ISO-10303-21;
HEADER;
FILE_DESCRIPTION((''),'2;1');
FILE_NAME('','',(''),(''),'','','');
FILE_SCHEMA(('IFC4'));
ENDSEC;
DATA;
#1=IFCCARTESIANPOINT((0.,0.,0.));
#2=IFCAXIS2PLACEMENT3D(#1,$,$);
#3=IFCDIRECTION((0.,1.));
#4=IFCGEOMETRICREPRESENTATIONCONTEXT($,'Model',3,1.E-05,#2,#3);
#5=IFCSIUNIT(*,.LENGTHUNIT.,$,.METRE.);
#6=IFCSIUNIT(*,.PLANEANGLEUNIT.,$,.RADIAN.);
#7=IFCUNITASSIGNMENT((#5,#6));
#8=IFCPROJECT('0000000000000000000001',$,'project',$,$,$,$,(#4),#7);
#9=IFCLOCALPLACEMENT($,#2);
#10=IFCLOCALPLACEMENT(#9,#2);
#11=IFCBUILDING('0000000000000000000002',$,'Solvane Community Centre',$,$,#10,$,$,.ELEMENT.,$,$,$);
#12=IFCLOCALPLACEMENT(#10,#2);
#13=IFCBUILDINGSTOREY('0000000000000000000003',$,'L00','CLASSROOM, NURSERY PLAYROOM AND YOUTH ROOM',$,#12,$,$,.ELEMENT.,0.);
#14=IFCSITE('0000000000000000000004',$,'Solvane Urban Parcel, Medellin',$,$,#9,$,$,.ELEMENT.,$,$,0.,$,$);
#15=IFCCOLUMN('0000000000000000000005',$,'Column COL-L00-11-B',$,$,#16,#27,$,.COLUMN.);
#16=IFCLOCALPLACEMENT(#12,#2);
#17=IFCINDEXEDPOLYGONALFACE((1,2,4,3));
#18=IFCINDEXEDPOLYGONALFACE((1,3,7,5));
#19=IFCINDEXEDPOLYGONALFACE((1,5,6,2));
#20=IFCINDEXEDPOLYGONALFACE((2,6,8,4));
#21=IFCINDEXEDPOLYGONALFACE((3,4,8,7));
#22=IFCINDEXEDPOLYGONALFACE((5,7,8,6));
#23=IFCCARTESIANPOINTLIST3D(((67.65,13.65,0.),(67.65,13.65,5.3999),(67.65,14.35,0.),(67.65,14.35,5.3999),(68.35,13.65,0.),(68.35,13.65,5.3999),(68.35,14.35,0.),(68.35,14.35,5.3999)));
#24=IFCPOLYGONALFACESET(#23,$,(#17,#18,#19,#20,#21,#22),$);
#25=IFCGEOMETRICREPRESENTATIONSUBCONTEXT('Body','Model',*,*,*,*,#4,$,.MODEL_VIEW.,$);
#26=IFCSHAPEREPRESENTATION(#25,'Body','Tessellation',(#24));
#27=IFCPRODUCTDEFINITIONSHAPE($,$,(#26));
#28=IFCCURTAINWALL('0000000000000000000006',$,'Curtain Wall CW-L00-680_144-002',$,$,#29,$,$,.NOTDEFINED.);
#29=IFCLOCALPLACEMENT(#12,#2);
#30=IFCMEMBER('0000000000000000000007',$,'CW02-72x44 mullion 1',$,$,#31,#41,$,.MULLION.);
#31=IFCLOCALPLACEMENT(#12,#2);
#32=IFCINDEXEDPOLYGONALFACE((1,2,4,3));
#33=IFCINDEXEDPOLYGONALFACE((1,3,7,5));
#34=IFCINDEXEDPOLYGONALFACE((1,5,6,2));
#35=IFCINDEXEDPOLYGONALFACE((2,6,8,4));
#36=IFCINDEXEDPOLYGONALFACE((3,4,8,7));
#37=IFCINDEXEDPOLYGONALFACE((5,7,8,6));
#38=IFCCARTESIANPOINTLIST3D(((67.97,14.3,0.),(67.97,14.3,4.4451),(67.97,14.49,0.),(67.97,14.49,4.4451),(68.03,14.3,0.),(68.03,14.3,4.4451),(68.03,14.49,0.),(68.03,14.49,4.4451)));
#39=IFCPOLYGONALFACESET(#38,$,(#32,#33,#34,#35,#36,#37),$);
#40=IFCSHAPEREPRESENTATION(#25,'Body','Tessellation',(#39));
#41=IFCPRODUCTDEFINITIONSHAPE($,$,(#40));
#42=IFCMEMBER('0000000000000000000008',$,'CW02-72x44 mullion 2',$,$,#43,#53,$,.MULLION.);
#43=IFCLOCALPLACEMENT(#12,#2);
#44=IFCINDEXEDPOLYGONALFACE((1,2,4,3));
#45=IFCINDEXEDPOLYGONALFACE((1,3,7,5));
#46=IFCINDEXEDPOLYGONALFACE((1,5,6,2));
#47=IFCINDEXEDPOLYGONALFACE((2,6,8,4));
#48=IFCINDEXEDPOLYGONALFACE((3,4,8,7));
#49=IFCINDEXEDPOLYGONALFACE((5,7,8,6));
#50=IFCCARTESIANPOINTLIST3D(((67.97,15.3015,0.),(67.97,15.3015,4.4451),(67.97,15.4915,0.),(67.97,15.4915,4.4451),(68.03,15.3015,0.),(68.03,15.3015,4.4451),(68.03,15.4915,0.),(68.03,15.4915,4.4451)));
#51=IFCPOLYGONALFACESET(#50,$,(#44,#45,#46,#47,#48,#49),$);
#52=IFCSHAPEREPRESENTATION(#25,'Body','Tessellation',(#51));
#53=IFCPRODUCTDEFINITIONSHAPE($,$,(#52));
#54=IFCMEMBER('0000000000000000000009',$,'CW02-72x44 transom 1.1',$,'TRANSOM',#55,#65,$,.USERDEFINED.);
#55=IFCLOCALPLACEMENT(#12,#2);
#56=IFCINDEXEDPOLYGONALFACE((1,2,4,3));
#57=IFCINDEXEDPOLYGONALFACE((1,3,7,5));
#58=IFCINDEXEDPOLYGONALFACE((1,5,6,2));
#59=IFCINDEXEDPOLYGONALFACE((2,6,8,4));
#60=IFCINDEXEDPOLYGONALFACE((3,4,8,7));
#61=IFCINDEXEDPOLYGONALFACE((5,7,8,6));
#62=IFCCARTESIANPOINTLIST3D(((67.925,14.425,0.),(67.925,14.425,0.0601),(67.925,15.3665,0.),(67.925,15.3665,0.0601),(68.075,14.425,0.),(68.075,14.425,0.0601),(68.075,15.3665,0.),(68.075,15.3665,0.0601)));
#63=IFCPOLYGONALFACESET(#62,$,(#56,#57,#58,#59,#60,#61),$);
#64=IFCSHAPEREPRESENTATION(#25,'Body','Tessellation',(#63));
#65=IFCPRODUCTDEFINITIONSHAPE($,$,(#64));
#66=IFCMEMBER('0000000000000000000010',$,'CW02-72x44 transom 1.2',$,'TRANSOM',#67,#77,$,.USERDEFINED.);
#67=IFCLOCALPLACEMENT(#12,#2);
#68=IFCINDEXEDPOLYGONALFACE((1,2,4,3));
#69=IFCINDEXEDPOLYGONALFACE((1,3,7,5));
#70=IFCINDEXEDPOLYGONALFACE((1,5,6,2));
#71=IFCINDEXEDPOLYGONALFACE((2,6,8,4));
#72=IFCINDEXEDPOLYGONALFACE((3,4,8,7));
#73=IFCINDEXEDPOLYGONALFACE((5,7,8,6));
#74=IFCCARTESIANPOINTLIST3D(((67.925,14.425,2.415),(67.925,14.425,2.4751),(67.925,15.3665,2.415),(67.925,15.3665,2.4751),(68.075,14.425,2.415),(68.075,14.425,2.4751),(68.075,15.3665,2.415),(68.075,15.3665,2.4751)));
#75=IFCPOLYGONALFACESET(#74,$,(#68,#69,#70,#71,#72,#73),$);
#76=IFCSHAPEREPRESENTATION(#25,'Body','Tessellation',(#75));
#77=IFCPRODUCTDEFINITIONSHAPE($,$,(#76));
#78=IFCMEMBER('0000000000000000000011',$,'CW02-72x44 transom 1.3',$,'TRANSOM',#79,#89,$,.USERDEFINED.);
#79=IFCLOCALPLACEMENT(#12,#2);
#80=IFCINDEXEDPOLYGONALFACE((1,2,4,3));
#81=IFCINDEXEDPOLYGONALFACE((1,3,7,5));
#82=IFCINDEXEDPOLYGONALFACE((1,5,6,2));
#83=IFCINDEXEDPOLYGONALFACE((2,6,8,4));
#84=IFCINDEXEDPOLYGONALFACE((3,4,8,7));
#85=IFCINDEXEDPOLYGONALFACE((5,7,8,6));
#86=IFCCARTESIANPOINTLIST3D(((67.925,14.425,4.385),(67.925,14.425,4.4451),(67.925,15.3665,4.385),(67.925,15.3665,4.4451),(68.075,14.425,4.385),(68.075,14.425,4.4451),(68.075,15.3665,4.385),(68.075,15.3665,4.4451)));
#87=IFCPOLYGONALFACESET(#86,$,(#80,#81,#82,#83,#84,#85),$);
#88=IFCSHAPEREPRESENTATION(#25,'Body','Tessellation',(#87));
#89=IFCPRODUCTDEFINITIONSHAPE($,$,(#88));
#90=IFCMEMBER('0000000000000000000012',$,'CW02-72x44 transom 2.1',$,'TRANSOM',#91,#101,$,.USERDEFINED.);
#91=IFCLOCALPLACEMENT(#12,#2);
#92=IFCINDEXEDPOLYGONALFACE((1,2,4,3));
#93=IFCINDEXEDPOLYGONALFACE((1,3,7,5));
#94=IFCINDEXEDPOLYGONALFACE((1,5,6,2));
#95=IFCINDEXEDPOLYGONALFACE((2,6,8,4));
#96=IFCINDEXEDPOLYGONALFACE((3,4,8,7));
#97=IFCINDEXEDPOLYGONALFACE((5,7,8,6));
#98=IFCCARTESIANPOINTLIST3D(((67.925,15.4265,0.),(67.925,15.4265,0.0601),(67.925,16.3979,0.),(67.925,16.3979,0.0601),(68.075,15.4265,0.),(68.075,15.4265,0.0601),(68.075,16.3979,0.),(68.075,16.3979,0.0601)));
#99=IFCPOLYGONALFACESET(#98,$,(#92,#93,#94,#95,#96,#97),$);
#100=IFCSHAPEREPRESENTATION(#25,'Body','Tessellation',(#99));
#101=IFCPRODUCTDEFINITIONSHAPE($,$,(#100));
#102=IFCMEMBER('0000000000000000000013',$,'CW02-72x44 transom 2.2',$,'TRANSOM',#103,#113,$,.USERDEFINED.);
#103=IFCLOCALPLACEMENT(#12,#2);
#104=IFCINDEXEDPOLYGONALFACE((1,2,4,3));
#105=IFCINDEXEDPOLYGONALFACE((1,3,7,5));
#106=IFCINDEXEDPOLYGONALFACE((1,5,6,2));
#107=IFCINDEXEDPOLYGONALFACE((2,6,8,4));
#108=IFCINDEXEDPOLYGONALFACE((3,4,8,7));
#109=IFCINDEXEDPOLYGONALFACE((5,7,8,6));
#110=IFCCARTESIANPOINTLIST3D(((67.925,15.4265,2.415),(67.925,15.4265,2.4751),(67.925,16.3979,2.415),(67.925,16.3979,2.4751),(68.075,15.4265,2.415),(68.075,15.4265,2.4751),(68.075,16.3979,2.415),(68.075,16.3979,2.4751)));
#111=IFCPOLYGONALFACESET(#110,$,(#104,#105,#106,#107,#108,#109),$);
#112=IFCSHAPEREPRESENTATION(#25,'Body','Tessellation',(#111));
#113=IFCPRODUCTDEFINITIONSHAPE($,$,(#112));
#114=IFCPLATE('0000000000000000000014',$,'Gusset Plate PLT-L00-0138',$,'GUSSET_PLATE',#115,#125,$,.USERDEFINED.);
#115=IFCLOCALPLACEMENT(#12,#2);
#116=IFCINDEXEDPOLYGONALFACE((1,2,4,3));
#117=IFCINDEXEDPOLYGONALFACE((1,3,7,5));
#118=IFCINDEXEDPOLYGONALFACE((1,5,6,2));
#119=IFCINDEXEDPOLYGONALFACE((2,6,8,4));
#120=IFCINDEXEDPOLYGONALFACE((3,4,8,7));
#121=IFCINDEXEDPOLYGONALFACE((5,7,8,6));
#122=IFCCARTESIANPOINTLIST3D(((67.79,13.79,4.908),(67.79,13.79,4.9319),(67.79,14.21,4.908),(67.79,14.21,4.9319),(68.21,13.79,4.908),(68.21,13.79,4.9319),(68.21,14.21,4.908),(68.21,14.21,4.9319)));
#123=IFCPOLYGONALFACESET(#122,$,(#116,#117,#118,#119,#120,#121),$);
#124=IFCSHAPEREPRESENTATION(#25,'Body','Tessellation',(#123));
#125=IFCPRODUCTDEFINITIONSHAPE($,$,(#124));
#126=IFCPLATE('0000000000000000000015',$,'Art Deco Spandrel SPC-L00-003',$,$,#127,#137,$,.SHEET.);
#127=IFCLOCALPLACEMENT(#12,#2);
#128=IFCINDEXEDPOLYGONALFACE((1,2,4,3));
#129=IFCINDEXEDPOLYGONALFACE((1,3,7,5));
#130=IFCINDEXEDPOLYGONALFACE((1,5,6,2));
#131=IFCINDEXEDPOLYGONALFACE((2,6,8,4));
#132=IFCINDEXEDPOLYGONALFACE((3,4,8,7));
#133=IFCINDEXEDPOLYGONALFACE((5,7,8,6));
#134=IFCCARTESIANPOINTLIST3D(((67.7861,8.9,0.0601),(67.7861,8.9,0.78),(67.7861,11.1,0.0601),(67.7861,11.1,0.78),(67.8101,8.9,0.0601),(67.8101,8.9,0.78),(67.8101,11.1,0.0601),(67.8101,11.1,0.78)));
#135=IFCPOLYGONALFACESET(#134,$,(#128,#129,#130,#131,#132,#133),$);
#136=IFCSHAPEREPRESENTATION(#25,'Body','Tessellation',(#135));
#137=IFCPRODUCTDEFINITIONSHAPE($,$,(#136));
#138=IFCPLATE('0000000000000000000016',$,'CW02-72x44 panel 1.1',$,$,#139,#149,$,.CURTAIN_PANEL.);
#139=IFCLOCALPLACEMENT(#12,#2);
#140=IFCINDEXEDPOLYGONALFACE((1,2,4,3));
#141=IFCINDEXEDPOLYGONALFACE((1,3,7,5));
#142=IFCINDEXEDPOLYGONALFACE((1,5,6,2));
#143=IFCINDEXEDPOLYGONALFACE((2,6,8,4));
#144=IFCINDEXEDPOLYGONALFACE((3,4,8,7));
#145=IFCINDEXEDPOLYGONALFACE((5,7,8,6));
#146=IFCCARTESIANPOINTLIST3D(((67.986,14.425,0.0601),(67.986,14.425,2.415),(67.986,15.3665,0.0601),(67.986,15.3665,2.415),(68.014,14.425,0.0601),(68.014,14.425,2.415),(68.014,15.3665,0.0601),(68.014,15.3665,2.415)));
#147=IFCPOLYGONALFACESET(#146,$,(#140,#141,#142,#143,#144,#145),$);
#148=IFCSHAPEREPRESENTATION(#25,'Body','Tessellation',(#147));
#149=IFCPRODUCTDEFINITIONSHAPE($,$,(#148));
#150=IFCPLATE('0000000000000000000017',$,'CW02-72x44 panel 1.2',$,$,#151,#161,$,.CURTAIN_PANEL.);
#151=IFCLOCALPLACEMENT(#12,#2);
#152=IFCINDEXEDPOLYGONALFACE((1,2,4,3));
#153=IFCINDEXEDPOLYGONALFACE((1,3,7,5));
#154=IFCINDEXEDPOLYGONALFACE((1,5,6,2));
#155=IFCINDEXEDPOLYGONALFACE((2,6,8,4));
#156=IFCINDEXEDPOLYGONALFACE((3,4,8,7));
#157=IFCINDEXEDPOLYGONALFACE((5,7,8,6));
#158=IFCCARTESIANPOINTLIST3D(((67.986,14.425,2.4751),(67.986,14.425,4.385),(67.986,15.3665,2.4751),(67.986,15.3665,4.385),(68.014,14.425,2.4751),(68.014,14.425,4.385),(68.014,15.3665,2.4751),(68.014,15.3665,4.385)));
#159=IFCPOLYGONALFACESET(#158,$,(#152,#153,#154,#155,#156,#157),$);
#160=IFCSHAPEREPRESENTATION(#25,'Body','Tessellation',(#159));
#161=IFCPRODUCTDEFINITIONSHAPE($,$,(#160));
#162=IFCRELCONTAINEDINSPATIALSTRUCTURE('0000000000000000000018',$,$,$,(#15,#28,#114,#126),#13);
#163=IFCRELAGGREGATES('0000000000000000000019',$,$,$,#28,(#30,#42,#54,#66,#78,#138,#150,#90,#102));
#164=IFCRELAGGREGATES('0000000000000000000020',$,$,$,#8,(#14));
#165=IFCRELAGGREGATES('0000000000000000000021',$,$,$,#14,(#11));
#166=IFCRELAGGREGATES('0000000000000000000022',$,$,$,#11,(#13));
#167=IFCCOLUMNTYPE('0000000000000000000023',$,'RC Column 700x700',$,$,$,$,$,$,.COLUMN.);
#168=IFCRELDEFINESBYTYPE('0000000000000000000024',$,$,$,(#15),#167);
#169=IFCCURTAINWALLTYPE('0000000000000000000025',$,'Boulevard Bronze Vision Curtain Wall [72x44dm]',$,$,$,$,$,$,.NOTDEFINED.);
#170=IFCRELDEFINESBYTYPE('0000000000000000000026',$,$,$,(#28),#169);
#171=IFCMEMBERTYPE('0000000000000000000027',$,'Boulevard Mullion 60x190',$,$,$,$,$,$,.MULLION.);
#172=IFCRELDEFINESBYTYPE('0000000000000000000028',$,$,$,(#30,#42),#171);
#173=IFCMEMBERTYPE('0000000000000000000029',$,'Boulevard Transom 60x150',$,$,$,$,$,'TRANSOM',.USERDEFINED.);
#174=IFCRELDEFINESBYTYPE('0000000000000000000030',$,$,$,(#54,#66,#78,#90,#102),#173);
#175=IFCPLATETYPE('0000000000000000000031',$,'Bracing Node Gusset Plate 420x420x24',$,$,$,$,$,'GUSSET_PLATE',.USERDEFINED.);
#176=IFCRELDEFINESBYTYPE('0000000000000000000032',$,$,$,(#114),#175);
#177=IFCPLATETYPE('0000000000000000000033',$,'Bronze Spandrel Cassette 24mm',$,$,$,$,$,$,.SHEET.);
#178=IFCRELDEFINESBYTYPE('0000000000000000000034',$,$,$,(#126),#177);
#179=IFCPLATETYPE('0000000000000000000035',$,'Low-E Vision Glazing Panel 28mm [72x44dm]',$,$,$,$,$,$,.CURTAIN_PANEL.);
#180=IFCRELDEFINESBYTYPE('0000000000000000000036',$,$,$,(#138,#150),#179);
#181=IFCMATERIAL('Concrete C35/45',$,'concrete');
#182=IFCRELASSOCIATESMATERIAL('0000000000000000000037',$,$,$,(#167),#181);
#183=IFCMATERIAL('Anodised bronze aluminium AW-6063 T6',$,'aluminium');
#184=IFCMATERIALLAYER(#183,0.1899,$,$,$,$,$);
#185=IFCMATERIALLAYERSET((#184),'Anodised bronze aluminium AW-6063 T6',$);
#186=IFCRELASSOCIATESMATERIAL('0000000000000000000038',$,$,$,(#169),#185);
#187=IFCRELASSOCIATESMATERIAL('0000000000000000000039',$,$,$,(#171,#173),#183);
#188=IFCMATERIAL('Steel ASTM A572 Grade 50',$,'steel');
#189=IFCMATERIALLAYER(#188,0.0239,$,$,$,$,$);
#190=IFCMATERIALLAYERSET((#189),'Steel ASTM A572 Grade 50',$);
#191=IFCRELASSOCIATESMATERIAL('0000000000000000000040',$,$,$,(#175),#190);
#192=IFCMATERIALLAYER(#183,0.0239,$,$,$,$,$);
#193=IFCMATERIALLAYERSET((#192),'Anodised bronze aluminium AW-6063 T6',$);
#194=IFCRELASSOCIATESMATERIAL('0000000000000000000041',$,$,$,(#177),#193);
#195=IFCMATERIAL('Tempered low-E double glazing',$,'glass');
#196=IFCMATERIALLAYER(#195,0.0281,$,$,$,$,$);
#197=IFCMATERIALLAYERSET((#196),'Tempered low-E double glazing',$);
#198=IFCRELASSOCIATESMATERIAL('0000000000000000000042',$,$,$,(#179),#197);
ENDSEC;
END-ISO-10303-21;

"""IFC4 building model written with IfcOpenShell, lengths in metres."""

from ifc_helpers import new_model, si_unit, direction, frame, origin, origin_2d, place, context, subcontext, project, spatial, rectangle, extrude, material, layer, layer_set, material_profile, profile_set, type_object, element, aggregate, save


model = new_model("IFC4")

# Units and contexts
model_context = context("Model", 3, precision=1e-05, world=origin(), true_north=direction((0.0, 1.0)))
body_context = subcontext(model_context, "Body", "Model", "MODEL_VIEW")
ifc_project = project(units=[si_unit("LENGTHUNIT", "METRE"), si_unit("PLANEANGLEUNIT", "RADIAN")], contexts=[model_context])

# Site, building, storey
site_placement = place(None, origin())
site = spatial("IfcSite", under=ifc_project, at=site_placement, Name="Solvane Urban Parcel, Medellin", CompositionType="ELEMENT", RefElevation=0.0)
building_placement = place(site_placement, origin())
building = spatial("IfcBuilding", under=site, at=building_placement, Name="Solvane Community Centre", CompositionType="ELEMENT")
storey_placement = place(building_placement, origin())
storey = spatial("IfcBuildingStorey", under=building, at=storey_placement, Name="L00", Description="CLASSROOM, NURSERY PLAYROOM AND YOUTH ROOM", CompositionType="ELEMENT", Elevation=0.0)

# Column
ifc_material_1 = material(Name="Concrete C35/45", Category="concrete")
ifc_material_profile_1 = material_profile(ifc_material_1, rectangle(XDim=0.7, YDim=0.7, at=origin_2d()), Name="RC 700x700")
ifc_profile_set_1 = profile_set([ifc_material_profile_1], Name="Concrete C35/45")
column_type_1 = type_object("IfcColumnType", Name="RC Column 700x700", PredefinedType="COLUMN", material=ifc_profile_set_1)
column_1_placement = place(storey_placement, frame((68.0, 14.0, 0.0), z_axis=(0.0, 0.0, 1.0), x_axis=(1.0, 0.0, 0.0)))
element("IfcColumn", 1, at=column_1_placement, inside=storey, type_object=column_type_1, Name="Column COL-L00-11-B", PredefinedType="COLUMN", context=body_context, shape_type="SweptSolid", body=[
    extrude(rectangle(XDim=0.7, YDim=0.7, at=origin_2d()), origin(), (0.0, 0.0, 1.0), 5.3999),
])

# Curtain wall, members
ifc_material_2 = material(Name="Anodised bronze aluminium AW-6063 T6", Category="aluminium")
ifc_layer_1 = layer(ifc_material_2, 0.1899)
ifc_layer_set_1 = layer_set([ifc_layer_1], Name="Anodised bronze aluminium AW-6063 T6")
curtain_wall_type = type_object("IfcCurtainWallType", Name="Boulevard Bronze Vision Curtain Wall [72x44dm]", PredefinedType="NOTDEFINED", material=ifc_layer_set_1)
curtain_wall_placement = place(storey_placement, origin())
curtain_wall = element("IfcCurtainWall", 2, at=curtain_wall_placement, inside=storey, type_object=curtain_wall_type, Name="Curtain Wall CW-L00-680_144-002", PredefinedType="NOTDEFINED")
ifc_material_profile_2 = material_profile(ifc_material_2, rectangle(XDim=0.0601, YDim=0.1899, at=origin_2d()), Name="CW-M 60x190")
ifc_profile_set_2 = profile_set([ifc_material_profile_2], Name="Anodised bronze aluminium AW-6063 T6")
member_type_1 = type_object("IfcMemberType", Name="Boulevard Mullion 60x190", PredefinedType="MULLION", material=ifc_profile_set_2)
member_1_placement = place(storey_placement, frame((68.0, 14.395, 0.0), z_axis=(0.0, 0.0, 1.0), x_axis=(-1.0, 0.0, 0.0)))
member_1 = element("IfcMember", 3, at=member_1_placement, type_object=member_type_1, Name="CW02-72x44 mullion 1", PredefinedType="MULLION", context=body_context, shape_type="SweptSolid", body=[
    extrude(rectangle(XDim=0.0601, YDim=0.1899, at=origin_2d()), origin(), (0.0, 0.0, 1.0), 4.4451),
])
member_2_placement = place(storey_placement, frame((68.0, 15.3965, 0.0), z_axis=(0.0, 0.0, 1.0), x_axis=(-1.0, 0.0, 0.0)))
member_2 = element("IfcMember", 4, at=member_2_placement, type_object=member_type_1, Name="CW02-72x44 mullion 2", PredefinedType="MULLION", context=body_context, shape_type="SweptSolid", body=[
    extrude(rectangle(XDim=0.0601, YDim=0.1899, at=origin_2d()), origin(), (0.0, 0.0, 1.0), 4.4451),
])
ifc_material_profile_3 = material_profile(ifc_material_2, rectangle(XDim=0.1499, YDim=0.0601, at=origin_2d()), Name="CW-T 60x150")
ifc_profile_set_3 = profile_set([ifc_material_profile_3], Name="Anodised bronze aluminium AW-6063 T6")
member_type_2 = type_object("IfcMemberType", Name="Boulevard Transom 60x150", ElementType="TRANSOM", PredefinedType="USERDEFINED", material=ifc_profile_set_3)
member_3_placement = place(storey_placement, frame((68.0, 14.425, 0.03), z_axis=(0.0, 1.0, 0.0), x_axis=(-1.0, 0.0, 0.0)))
member_3 = element("IfcMember", 5, at=member_3_placement, type_object=member_type_2, Name="CW02-72x44 transom 1.1", ObjectType="TRANSOM", PredefinedType="USERDEFINED", context=body_context, shape_type="SweptSolid", body=[
    extrude(rectangle(XDim=0.1499, YDim=0.0601, at=origin_2d()), origin(), (0.0, 0.0, 1.0), 0.9414),
])
member_4_placement = place(storey_placement, frame((68.0, 14.425, 2.4451), z_axis=(0.0, 1.0, 0.0), x_axis=(-1.0, 0.0, 0.0)))
member_4 = element("IfcMember", 6, at=member_4_placement, type_object=member_type_2, Name="CW02-72x44 transom 1.2", ObjectType="TRANSOM", PredefinedType="USERDEFINED", context=body_context, shape_type="SweptSolid", body=[
    extrude(rectangle(XDim=0.1499, YDim=0.0601, at=origin_2d()), origin(), (0.0, 0.0, 1.0), 0.9414),
])
member_5_placement = place(storey_placement, frame((68.0, 14.425, 4.415), z_axis=(0.0, 1.0, 0.0), x_axis=(-1.0, 0.0, 0.0)))
member_5 = element("IfcMember", 7, at=member_5_placement, type_object=member_type_2, Name="CW02-72x44 transom 1.3", ObjectType="TRANSOM", PredefinedType="USERDEFINED", context=body_context, shape_type="SweptSolid", body=[
    extrude(rectangle(XDim=0.1499, YDim=0.0601, at=origin_2d()), origin(), (0.0, 0.0, 1.0), 0.9414),
])
member_6_placement = place(storey_placement, frame((68.0, 15.4265, 0.03), z_axis=(0.0, 1.0, 0.0), x_axis=(-1.0, 0.0, 0.0)))
member_6 = element("IfcMember", 8, at=member_6_placement, type_object=member_type_2, Name="CW02-72x44 transom 2.1", ObjectType="TRANSOM", PredefinedType="USERDEFINED", context=body_context, shape_type="SweptSolid", body=[
    extrude(rectangle(XDim=0.1499, YDim=0.0601, at=origin_2d()), origin(), (0.0, 0.0, 1.0), 0.9714),
])
member_7_placement = place(storey_placement, frame((68.0, 15.4265, 2.4451), z_axis=(0.0, 1.0, 0.0), x_axis=(-1.0, 0.0, 0.0)))
member_7 = element("IfcMember", 9, at=member_7_placement, type_object=member_type_2, Name="CW02-72x44 transom 2.2", ObjectType="TRANSOM", PredefinedType="USERDEFINED", context=body_context, shape_type="SweptSolid", body=[
    extrude(rectangle(XDim=0.1499, YDim=0.0601, at=origin_2d()), origin(), (0.0, 0.0, 1.0), 0.9714),
])

# Plates
ifc_material_3 = material(Name="Steel ASTM A572 Grade 50", Category="steel")
ifc_layer_2 = layer(ifc_material_3, 0.0239)
ifc_layer_set_2 = layer_set([ifc_layer_2], Name="Steel ASTM A572 Grade 50")
plate_type_1 = type_object("IfcPlateType", Name="Bracing Node Gusset Plate 420x420x24", ElementType="GUSSET_PLATE", PredefinedType="USERDEFINED", material=ifc_layer_set_2)
plate_1_placement = place(storey_placement, frame((68.0, 14.0, 4.908), z_axis=(0.0, 0.0, 1.0), x_axis=(1.0, 0.0, 0.0)))
element("IfcPlate", 10, at=plate_1_placement, inside=storey, type_object=plate_type_1, Name="Gusset Plate PLT-L00-0138", ObjectType="GUSSET_PLATE", PredefinedType="USERDEFINED", context=body_context, shape_type="SweptSolid", body=[
    extrude(rectangle(XDim=0.4199, YDim=0.4199, at=origin_2d()), origin(), (0.0, 0.0, 1.0), 0.0239),
])
ifc_layer_3 = layer(ifc_material_2, 0.0239)
ifc_layer_set_3 = layer_set([ifc_layer_3], Name="Anodised bronze aluminium AW-6063 T6")
plate_type_2 = type_object("IfcPlateType", Name="Bronze Spandrel Cassette 24mm", PredefinedType="SHEET", material=ifc_layer_set_3)
plate_2_placement = place(storey_placement, frame((67.7981, 10.0, 0.0601), z_axis=(0.0, 0.0, 1.0), x_axis=(0.0, 1.0, 0.0)))
element("IfcPlate", 11, at=plate_2_placement, inside=storey, type_object=plate_type_2, Name="Art Deco Spandrel SPC-L00-003", PredefinedType="SHEET", context=body_context, shape_type="SweptSolid", body=[
    extrude(rectangle(XDim=2.2, YDim=0.0239, at=origin_2d()), origin(), (0.0, 0.0, 1.0), 0.72),
])

# Plates
ifc_material_4 = material(Name="Tempered low-E double glazing", Category="glass")
ifc_layer_4 = layer(ifc_material_4, 0.0281)
ifc_layer_set_4 = layer_set([ifc_layer_4], Name="Tempered low-E double glazing")
plate_type_3 = type_object("IfcPlateType", Name="Low-E Vision Glazing Panel 28mm [72x44dm]", PredefinedType="CURTAIN_PANEL", material=ifc_layer_set_4)
plate_3_placement = place(storey_placement, frame((68.0, 14.8958, 0.0601), z_axis=(0.0, 0.0, 1.0), x_axis=(0.0, 1.0, 0.0)))
plate_3 = element("IfcPlate", 12, at=plate_3_placement, type_object=plate_type_3, Name="CW02-72x44 panel 1.1", PredefinedType="CURTAIN_PANEL", context=body_context, shape_type="SweptSolid", body=[
    extrude(rectangle(XDim=0.9414, YDim=0.0281, at=origin_2d()), origin(), (0.0, 0.0, 1.0), 2.355),
])
plate_4_placement = place(storey_placement, frame((68.0, 14.8958, 2.4751), z_axis=(0.0, 0.0, 1.0), x_axis=(0.0, 1.0, 0.0)))
plate_4 = element("IfcPlate", 13, at=plate_4_placement, type_object=plate_type_3, Name="CW02-72x44 panel 1.2", PredefinedType="CURTAIN_PANEL", context=body_context, shape_type="SweptSolid", body=[
    extrude(rectangle(XDim=0.9414, YDim=0.0281, at=origin_2d()), origin(), (0.0, 0.0, 1.0), 1.9099),
])
aggregate(curtain_wall, [member_1, member_2, member_3, member_4, member_5, plate_3, plate_4, member_6, member_7])

save(model, "model.ifc")
